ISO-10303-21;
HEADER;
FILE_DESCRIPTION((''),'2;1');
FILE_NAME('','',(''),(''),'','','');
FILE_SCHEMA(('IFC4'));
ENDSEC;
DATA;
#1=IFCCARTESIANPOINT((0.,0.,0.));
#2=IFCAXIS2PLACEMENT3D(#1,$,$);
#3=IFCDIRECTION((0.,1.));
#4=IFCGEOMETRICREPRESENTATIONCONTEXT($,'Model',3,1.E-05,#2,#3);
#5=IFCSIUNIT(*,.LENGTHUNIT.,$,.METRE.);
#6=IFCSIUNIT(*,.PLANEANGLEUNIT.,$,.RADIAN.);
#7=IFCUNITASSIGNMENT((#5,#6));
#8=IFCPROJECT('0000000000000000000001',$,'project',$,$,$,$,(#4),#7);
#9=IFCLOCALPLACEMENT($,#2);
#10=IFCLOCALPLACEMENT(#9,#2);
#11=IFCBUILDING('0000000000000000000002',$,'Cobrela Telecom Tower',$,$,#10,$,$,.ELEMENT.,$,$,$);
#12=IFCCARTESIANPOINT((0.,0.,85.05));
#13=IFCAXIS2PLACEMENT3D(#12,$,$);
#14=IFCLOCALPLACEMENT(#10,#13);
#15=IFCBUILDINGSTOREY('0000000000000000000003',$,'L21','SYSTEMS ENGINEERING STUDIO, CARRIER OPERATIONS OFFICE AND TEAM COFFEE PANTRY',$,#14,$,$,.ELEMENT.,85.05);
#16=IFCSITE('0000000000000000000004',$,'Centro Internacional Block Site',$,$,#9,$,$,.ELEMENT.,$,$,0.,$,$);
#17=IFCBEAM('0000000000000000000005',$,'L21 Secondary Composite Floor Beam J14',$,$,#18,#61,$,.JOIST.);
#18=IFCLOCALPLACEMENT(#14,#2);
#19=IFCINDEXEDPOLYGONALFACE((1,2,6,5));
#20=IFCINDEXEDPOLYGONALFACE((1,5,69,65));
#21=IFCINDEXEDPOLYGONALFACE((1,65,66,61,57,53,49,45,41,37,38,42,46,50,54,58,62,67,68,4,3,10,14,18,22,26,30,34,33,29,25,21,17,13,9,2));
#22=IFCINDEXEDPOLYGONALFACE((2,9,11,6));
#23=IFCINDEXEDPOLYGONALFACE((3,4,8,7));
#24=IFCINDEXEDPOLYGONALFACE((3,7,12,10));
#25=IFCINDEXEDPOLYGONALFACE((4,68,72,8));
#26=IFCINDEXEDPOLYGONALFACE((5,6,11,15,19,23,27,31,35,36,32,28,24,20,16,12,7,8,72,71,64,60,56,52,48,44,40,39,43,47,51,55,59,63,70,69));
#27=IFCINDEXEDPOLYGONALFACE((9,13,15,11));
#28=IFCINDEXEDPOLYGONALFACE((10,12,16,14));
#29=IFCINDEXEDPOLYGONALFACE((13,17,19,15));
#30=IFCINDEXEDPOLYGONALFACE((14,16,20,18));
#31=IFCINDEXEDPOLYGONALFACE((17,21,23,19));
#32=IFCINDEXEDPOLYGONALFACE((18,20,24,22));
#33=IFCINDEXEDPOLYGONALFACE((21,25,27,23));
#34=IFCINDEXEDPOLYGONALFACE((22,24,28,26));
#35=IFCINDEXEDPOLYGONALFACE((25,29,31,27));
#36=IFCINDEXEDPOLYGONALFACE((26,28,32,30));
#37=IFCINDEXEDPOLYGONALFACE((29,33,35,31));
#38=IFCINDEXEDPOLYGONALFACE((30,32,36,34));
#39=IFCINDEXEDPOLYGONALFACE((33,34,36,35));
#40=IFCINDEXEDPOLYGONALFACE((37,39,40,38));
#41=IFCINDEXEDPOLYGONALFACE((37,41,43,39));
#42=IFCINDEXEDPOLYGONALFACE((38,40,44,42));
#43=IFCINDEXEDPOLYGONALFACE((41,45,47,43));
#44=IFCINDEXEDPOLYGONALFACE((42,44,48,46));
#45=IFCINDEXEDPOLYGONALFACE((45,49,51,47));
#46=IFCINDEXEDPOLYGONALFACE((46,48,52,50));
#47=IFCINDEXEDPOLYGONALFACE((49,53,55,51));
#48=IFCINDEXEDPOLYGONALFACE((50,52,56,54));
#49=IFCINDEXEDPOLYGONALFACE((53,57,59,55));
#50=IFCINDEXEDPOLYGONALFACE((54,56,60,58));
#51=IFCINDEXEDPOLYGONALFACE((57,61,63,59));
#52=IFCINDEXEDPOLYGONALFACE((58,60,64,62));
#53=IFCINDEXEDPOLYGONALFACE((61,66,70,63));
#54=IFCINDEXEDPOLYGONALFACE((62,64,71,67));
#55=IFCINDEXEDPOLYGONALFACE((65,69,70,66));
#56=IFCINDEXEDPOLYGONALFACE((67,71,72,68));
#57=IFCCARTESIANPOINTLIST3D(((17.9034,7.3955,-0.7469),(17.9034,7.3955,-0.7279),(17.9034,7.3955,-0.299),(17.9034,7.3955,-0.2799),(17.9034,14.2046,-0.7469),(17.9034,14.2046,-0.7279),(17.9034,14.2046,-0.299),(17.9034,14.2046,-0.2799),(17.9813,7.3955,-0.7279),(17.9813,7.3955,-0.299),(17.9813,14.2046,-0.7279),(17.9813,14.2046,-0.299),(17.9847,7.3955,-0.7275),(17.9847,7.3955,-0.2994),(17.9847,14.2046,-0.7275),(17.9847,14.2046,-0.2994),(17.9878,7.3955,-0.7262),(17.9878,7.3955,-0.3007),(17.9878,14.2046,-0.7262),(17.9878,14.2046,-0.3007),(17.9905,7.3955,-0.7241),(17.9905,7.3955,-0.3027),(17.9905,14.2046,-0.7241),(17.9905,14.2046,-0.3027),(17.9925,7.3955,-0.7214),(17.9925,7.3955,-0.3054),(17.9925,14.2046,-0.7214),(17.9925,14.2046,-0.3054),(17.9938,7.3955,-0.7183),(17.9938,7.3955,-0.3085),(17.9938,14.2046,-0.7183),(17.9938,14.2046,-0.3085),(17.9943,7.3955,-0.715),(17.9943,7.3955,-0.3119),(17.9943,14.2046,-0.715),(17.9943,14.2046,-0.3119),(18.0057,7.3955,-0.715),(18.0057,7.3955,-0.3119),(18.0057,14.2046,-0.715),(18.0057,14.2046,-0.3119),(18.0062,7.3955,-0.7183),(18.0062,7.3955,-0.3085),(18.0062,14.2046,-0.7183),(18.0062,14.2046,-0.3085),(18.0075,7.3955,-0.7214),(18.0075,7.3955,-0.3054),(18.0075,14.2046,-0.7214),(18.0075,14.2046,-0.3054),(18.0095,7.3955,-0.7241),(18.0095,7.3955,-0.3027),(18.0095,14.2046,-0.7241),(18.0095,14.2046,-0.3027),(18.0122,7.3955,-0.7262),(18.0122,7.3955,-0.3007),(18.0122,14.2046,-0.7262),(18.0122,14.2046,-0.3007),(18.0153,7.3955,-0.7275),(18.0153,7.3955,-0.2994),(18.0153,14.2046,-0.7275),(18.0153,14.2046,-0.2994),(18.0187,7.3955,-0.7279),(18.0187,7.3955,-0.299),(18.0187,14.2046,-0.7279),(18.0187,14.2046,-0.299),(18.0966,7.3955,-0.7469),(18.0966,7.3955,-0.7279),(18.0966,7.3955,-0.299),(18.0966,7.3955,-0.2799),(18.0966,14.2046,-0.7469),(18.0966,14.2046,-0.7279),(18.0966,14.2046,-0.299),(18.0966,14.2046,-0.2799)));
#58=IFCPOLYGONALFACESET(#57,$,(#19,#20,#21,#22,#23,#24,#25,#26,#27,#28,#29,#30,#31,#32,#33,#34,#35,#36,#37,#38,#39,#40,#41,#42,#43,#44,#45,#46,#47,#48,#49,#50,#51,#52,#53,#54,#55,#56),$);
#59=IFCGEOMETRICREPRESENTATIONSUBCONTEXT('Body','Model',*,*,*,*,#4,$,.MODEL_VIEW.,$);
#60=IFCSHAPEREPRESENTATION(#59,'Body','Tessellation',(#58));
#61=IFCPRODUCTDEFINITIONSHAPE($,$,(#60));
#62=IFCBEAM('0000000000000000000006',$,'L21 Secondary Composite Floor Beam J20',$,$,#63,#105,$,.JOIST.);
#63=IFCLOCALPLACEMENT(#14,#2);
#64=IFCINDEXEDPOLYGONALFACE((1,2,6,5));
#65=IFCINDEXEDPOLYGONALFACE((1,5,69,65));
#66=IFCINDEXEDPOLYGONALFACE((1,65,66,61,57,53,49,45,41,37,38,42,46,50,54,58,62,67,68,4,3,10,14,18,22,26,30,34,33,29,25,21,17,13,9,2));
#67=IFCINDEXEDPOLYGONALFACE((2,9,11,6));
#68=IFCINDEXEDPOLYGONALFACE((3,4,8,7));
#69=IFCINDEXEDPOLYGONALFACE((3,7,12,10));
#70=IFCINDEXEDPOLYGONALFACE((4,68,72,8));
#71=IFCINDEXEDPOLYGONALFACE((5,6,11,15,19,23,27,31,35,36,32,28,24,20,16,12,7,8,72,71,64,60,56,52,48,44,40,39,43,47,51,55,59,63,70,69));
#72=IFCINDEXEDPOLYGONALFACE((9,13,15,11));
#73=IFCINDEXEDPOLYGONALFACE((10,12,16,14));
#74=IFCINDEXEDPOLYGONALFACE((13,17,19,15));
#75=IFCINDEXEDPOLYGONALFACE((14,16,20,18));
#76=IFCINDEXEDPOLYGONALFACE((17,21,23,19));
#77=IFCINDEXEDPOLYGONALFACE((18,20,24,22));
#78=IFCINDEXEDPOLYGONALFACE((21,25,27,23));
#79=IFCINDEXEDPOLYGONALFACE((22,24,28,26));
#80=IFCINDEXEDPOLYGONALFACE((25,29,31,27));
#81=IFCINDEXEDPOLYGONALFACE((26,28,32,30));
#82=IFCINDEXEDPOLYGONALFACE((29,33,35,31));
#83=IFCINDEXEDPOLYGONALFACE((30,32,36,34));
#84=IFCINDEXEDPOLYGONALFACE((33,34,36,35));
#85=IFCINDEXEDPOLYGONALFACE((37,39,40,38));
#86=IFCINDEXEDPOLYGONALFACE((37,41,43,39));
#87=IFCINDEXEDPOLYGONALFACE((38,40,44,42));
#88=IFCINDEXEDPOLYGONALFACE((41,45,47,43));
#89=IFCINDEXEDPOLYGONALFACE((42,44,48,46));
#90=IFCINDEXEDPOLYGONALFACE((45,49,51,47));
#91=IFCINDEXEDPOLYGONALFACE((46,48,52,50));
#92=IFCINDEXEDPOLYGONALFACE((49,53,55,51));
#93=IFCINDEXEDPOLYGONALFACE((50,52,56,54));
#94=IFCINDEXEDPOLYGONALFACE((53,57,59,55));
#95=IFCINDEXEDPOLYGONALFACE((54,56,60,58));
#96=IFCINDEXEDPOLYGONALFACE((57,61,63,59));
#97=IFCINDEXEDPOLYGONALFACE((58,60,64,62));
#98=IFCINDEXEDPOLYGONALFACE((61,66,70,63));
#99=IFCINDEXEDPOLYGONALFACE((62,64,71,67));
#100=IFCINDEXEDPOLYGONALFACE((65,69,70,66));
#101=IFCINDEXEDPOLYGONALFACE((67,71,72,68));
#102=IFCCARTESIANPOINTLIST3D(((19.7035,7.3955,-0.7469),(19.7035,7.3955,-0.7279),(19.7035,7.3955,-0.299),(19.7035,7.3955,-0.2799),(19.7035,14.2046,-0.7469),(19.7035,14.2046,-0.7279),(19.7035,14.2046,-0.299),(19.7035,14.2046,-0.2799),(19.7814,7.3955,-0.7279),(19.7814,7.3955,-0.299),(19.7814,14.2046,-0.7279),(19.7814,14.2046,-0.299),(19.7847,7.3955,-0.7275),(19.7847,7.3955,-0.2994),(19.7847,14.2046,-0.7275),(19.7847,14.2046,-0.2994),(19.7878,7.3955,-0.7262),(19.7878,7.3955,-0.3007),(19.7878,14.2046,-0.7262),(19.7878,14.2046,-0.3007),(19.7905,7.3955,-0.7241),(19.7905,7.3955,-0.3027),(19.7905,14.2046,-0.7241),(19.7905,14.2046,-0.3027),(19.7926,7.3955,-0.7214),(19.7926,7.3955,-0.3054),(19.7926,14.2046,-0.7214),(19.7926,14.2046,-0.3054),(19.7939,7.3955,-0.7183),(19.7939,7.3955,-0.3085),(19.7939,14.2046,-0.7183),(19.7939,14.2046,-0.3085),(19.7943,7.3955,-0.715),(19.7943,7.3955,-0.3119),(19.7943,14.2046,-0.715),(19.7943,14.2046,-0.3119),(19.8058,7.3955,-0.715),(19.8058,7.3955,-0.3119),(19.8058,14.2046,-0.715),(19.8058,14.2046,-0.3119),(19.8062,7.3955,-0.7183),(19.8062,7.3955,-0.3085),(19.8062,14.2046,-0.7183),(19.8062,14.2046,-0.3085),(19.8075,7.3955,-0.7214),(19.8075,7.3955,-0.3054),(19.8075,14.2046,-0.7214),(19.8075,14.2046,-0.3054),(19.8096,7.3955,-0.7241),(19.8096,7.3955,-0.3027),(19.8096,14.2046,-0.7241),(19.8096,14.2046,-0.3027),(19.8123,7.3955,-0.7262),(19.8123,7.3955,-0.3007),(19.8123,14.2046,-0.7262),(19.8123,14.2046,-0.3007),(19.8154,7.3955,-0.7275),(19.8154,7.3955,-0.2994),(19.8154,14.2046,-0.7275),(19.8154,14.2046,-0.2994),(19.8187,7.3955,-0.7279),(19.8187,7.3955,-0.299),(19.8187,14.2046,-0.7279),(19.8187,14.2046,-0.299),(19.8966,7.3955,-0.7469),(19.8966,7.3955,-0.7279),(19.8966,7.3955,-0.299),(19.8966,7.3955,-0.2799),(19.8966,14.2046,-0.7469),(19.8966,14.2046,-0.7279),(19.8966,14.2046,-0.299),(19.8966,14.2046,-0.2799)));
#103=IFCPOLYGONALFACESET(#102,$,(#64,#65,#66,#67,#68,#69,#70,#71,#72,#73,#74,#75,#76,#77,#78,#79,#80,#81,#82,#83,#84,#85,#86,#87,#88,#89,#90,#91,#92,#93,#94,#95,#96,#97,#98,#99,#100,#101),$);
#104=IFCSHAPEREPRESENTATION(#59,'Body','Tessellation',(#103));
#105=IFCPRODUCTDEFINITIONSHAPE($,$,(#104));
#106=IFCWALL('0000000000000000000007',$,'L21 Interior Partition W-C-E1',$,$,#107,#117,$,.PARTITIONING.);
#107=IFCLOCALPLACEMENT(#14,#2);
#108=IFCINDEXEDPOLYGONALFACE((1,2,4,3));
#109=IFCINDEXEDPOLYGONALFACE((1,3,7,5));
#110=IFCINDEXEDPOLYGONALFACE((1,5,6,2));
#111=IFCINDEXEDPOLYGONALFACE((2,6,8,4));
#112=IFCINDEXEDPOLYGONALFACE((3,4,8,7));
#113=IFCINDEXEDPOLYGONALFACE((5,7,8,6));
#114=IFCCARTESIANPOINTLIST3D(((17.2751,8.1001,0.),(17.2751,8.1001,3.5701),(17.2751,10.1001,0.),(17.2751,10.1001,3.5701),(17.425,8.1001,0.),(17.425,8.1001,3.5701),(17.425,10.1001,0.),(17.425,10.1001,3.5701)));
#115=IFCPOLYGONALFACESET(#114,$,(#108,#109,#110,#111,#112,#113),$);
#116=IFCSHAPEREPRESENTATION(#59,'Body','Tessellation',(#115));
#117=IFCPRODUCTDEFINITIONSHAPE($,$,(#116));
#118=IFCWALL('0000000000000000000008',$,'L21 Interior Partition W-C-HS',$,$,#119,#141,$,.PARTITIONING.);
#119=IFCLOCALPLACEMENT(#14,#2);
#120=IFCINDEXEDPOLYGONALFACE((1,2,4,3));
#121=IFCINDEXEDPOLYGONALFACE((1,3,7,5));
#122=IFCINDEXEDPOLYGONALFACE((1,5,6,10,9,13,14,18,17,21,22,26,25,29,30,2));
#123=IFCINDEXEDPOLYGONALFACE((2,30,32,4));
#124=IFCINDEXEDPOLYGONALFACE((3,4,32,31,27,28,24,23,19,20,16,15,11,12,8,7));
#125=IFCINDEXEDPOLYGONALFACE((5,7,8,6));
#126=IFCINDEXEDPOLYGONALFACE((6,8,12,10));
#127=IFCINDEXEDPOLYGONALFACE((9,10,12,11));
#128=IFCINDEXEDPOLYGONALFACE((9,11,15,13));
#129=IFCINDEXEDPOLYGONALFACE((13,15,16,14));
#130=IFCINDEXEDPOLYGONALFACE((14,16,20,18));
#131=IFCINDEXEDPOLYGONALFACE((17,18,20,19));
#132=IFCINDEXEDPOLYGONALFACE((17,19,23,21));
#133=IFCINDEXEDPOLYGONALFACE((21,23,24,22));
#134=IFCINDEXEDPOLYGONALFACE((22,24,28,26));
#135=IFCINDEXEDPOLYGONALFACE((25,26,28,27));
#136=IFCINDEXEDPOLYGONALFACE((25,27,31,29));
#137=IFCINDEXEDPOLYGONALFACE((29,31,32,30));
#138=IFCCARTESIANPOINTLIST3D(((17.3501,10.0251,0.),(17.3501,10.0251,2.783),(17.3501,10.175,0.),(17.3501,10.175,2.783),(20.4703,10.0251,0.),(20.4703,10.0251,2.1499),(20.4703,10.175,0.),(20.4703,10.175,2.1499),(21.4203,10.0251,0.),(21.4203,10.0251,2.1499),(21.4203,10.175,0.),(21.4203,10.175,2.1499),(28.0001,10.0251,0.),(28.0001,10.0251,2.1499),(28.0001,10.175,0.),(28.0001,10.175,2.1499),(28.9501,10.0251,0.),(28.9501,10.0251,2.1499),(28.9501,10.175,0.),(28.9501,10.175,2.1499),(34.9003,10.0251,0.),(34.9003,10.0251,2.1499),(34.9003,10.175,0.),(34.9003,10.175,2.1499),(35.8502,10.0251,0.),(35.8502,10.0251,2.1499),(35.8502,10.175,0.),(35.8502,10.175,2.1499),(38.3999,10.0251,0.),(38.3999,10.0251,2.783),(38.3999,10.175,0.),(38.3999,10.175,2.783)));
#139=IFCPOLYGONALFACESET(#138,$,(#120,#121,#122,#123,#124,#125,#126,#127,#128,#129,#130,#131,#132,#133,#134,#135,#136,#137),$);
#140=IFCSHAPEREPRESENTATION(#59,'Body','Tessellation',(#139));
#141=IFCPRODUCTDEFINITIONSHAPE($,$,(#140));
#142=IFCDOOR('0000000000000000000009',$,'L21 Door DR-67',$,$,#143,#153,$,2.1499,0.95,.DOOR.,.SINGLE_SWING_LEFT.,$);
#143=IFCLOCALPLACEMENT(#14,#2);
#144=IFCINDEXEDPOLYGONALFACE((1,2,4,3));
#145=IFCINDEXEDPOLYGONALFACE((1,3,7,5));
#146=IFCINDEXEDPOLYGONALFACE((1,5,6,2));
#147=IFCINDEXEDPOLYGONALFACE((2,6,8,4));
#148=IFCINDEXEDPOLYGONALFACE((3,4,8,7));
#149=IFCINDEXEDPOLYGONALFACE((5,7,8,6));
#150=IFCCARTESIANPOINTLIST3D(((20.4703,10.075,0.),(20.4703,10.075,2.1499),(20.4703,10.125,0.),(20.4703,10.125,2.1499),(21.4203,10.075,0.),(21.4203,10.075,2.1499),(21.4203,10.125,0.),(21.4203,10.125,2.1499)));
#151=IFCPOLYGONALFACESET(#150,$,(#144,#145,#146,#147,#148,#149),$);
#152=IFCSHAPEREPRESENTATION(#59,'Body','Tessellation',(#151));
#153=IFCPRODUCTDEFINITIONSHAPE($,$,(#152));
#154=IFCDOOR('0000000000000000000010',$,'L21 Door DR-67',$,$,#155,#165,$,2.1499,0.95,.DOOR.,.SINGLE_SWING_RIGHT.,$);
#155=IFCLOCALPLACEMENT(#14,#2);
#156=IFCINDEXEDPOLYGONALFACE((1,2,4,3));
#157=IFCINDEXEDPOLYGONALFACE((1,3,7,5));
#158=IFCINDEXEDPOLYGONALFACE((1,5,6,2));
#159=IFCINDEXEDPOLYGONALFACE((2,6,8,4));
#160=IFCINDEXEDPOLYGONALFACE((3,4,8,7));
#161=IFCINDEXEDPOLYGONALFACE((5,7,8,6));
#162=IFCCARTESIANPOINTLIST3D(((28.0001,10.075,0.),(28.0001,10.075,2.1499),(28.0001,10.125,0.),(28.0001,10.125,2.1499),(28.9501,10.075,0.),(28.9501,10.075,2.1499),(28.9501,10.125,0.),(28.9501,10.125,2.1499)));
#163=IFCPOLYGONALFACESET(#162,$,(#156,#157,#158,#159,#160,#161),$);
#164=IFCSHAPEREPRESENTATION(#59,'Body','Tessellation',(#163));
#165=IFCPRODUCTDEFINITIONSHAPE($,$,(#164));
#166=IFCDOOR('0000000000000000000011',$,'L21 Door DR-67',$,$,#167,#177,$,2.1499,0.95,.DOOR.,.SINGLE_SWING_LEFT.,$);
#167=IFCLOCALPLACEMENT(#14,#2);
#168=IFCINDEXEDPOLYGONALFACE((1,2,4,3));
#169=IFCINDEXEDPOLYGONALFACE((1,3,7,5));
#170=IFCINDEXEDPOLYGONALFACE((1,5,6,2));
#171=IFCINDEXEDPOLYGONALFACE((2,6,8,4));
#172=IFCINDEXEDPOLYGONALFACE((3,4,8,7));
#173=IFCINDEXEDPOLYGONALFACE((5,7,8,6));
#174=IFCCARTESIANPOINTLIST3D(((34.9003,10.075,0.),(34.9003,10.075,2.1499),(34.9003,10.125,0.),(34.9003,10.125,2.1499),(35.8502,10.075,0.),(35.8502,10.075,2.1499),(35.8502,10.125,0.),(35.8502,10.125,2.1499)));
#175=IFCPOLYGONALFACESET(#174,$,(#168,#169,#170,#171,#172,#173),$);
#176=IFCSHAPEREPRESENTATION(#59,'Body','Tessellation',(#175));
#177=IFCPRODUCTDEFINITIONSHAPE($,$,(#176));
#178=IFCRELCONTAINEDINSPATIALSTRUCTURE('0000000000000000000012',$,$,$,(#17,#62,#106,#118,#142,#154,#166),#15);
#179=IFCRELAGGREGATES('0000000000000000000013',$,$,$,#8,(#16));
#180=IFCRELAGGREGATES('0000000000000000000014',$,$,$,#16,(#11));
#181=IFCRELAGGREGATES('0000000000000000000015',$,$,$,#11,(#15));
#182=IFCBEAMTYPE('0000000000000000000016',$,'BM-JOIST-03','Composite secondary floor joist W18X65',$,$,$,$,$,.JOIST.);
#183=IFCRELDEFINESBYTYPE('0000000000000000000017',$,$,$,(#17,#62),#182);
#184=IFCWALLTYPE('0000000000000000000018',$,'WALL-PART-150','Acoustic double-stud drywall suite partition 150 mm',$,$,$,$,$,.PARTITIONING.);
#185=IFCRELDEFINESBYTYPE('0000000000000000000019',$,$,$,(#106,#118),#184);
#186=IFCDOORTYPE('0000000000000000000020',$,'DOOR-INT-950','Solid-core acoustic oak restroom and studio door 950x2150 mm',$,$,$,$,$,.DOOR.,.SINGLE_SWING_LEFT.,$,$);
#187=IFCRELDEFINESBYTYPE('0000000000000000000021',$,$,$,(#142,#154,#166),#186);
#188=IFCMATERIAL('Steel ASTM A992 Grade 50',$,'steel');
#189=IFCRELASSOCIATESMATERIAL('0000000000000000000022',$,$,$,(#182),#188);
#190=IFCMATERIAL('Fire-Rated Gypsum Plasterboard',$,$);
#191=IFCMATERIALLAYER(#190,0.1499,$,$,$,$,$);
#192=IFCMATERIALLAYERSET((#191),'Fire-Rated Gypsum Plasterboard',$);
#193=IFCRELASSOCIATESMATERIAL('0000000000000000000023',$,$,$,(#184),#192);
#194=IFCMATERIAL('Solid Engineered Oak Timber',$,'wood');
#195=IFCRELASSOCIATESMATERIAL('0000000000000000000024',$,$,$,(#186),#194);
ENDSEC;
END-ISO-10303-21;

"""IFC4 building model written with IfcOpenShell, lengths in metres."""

from ifc_helpers import new_model, si_unit, direction, frame, frame_2d, origin, origin_2d, place, context, subcontext, project, spatial, rectangle, i_section, extrude, material, layer, layer_set, material_profile, profile_set, type_object, element, fill, save


model = new_model("IFC4")

# Units and contexts
model_context = context("Model", 3, precision=1e-05, world=origin(), true_north=direction((0.0, 1.0)))
body_context = subcontext(model_context, "Body", "Model", "MODEL_VIEW")
ifc_project = project(units=[si_unit("LENGTHUNIT", "METRE"), si_unit("PLANEANGLEUNIT", "RADIAN")], contexts=[model_context])

# Site, building, storey
site_placement = place(None, origin())
site = spatial("IfcSite", under=ifc_project, at=site_placement, Name="Centro Internacional Block Site", CompositionType="ELEMENT", RefElevation=0.0)
building_placement = place(site_placement, origin())
building = spatial("IfcBuilding", under=site, at=building_placement, Name="Cobrela Telecom Tower", CompositionType="ELEMENT")
storey_placement = place(building_placement, frame((0.0, 0.0, 85.05)))
storey = spatial("IfcBuildingStorey", under=building, at=storey_placement, Name="L21", Description="SYSTEMS ENGINEERING STUDIO, CARRIER OPERATIONS OFFICE AND TEAM COFFEE PANTRY", CompositionType="ELEMENT", Elevation=85.05)

# Beams
ifc_material_1 = material(Name="Steel ASTM A992 Grade 50", Category="steel")
ifc_material_profile = material_profile(ifc_material_1, i_section(OverallWidth=0.1931, OverallDepth=0.467, WebThickness=0.0115, FlangeThickness=0.019, FilletRadius=0.0129, at=origin_2d()), Name="W18X65")
ifc_profile_set = profile_set([ifc_material_profile], Name="Steel ASTM A992 Grade 50")
beam_type = type_object("IfcBeamType", Name="BM-JOIST-03", Description="Composite secondary floor joist W18X65", PredefinedType="JOIST", material=ifc_profile_set)
for number, where, z_axis, x_axis, name in (
    (1, (18.0, 7.3955, -0.5134), (0.0, 1.0, 0.0), (-1.0, 0.0, 0.0), "L21 Secondary Composite Floor Beam J14"),
    (2, (19.8, 7.3955, -0.5134), (0.0, 1.0, 0.0), (-1.0, 0.0, 0.0), "L21 Secondary Composite Floor Beam J20"),
):
    element("IfcBeam", number, at=place(storey_placement, frame(where, z_axis=z_axis, x_axis=x_axis)), inside=storey, type_object=beam_type, Name=name, PredefinedType="JOIST", context=body_context, shape_type="SweptSolid", body=[
        extrude(i_section(OverallWidth=0.1931, OverallDepth=0.467, WebThickness=0.0115, FlangeThickness=0.019, FilletRadius=0.0129, at=origin_2d()), origin(), (0.0, 0.0, 1.0), 6.8091),
    ])

# Shared definitions
ifc_material_2 = material(Name="Fire-Rated Gypsum Plasterboard")
ifc_layer_1 = layer(ifc_material_2, 0.1499)
ifc_layer_set_1 = layer_set([ifc_layer_1], Name="Fire-Rated Gypsum Plasterboard")
wall_type_1 = type_object("IfcWallType", Name="WALL-PART-150", Description="Acoustic double-stud drywall suite partition 150 mm", PredefinedType="PARTITIONING", material=ifc_layer_set_1)
ifc_material_3 = material(Name="Solid Engineered Oak Timber", Category="wood")
door_type_1 = type_object("IfcDoorType", Name="DOOR-INT-950", Description="Solid-core acoustic oak restroom and studio door 950x2150 mm", OperationType="SINGLE_SWING_LEFT", PredefinedType="DOOR", material=ifc_material_3)

# Wall
wall_1_placement = place(storey_placement, frame((17.3501, 8.1001, 0.0), z_axis=(0.0, 0.0, 1.0), x_axis=(0.0, 1.0, 0.0)))
element("IfcWall", 3, at=wall_1_placement, inside=storey, type_object=wall_type_1, Name="L21 Interior Partition W-C-E1", PredefinedType="PARTITIONING", context=body_context, shape_type="SweptSolid", body=[
    extrude(rectangle(XDim=2.0, YDim=0.1499, at=frame_2d((1.0, 0.0))), origin(), (0.0, 0.0, 1.0), 3.5701),
])

# Wall, openings, doors
wall_2_placement = place(storey_placement, frame((17.3501, 10.1001, 0.0), z_axis=(0.0, 0.0, 1.0), x_axis=(1.0, 0.0, 0.0)))
wall_2 = element("IfcWall", 4, at=wall_2_placement, inside=storey, type_object=wall_type_1, Name="L21 Interior Partition W-C-HS", PredefinedType="PARTITIONING", context=body_context, shape_type="SweptSolid", body=[
    extrude(rectangle(XDim=21.0498, YDim=0.1499, at=frame_2d((10.5249, 0.0))), origin(), (0.0, 0.0, 1.0), 2.783),
])
opening_1_placement = place(wall_2_placement, frame((3.1201, 0.0, 0.0)))
opening_1 = element("IfcOpeningElement", 5, at=opening_1_placement, cuts=wall_2, PredefinedType="OPENING", context=body_context, shape_type="SweptSolid", body=[
    extrude(rectangle(XDim=0.95, YDim=2.1499, at=frame_2d((0.4751, 1.075))), frame((0.0, 0.0869, 0.0), z_axis=(0.0, -1.0, 0.0), x_axis=(1.0, 0.0, 0.0)), (0.0, 0.0, 1.0), 0.1738),
])
opening_2_placement = place(wall_2_placement, frame((10.6499, 0.0, 0.0)))
opening_2 = element("IfcOpeningElement", 6, at=opening_2_placement, cuts=wall_2, PredefinedType="OPENING", context=body_context, shape_type="SweptSolid", body=[
    extrude(rectangle(XDim=0.95, YDim=2.1499, at=frame_2d((0.4751, 1.075))), frame((0.0, 0.0869, 0.0), z_axis=(0.0, -1.0, 0.0), x_axis=(1.0, 0.0, 0.0)), (0.0, 0.0, 1.0), 0.1738),
])
opening_3_placement = place(wall_2_placement, frame((17.55, 0.0, 0.0)))
opening_3 = element("IfcOpeningElement", 7, at=opening_3_placement, cuts=wall_2, PredefinedType="OPENING", context=body_context, shape_type="SweptSolid", body=[
    extrude(rectangle(XDim=0.95, YDim=2.1499, at=frame_2d((0.4751, 1.075))), frame((0.0, 0.0869, 0.0), z_axis=(0.0, -1.0, 0.0), x_axis=(1.0, 0.0, 0.0)), (0.0, 0.0, 1.0), 0.1738),
])
door_1_placement = place(opening_1_placement, origin())
door_1 = element("IfcDoor", 8, at=door_1_placement, inside=storey, type_object=door_type_1, Name="L21 Door DR-67", OperationType="SINGLE_SWING_LEFT", OverallHeight=2.1499, OverallWidth=0.95, PredefinedType="DOOR", context=body_context, shape_type="SweptSolid", body=[
    extrude(rectangle(XDim=0.95, YDim=2.1499, at=frame_2d((0.4751, 1.075))), frame((0.0, 0.0249, 0.0), z_axis=(0.0, -1.0, 0.0), x_axis=(1.0, 0.0, 0.0)), (0.0, 0.0, 1.0), 0.05),
])
fill(opening_1, door_1)
door_2_placement = place(opening_2_placement, origin())
door_2 = element("IfcDoor", 9, at=door_2_placement, inside=storey, type_object=door_type_1, Name="L21 Door DR-67", OperationType="SINGLE_SWING_RIGHT", OverallHeight=2.1499, OverallWidth=0.95, PredefinedType="DOOR", context=body_context, shape_type="SweptSolid", body=[
    extrude(rectangle(XDim=0.95, YDim=2.1499, at=frame_2d((0.4751, 1.075))), frame((0.0, 0.0249, 0.0), z_axis=(0.0, -1.0, 0.0), x_axis=(1.0, 0.0, 0.0)), (0.0, 0.0, 1.0), 0.05),
])
fill(opening_2, door_2)
door_3_placement = place(opening_3_placement, origin())
door_3 = element("IfcDoor", 10, at=door_3_placement, inside=storey, type_object=door_type_1, Name="L21 Door DR-67", OperationType="SINGLE_SWING_LEFT", OverallHeight=2.1499, OverallWidth=0.95, PredefinedType="DOOR", context=body_context, shape_type="SweptSolid", body=[
    extrude(rectangle(XDim=0.95, YDim=2.1499, at=frame_2d((0.4751, 1.075))), frame((0.0, 0.0249, 0.0), z_axis=(0.0, -1.0, 0.0), x_axis=(1.0, 0.0, 0.0)), (0.0, 0.0, 1.0), 0.05),
])
fill(opening_3, door_3)

save(model, "model.ifc")
